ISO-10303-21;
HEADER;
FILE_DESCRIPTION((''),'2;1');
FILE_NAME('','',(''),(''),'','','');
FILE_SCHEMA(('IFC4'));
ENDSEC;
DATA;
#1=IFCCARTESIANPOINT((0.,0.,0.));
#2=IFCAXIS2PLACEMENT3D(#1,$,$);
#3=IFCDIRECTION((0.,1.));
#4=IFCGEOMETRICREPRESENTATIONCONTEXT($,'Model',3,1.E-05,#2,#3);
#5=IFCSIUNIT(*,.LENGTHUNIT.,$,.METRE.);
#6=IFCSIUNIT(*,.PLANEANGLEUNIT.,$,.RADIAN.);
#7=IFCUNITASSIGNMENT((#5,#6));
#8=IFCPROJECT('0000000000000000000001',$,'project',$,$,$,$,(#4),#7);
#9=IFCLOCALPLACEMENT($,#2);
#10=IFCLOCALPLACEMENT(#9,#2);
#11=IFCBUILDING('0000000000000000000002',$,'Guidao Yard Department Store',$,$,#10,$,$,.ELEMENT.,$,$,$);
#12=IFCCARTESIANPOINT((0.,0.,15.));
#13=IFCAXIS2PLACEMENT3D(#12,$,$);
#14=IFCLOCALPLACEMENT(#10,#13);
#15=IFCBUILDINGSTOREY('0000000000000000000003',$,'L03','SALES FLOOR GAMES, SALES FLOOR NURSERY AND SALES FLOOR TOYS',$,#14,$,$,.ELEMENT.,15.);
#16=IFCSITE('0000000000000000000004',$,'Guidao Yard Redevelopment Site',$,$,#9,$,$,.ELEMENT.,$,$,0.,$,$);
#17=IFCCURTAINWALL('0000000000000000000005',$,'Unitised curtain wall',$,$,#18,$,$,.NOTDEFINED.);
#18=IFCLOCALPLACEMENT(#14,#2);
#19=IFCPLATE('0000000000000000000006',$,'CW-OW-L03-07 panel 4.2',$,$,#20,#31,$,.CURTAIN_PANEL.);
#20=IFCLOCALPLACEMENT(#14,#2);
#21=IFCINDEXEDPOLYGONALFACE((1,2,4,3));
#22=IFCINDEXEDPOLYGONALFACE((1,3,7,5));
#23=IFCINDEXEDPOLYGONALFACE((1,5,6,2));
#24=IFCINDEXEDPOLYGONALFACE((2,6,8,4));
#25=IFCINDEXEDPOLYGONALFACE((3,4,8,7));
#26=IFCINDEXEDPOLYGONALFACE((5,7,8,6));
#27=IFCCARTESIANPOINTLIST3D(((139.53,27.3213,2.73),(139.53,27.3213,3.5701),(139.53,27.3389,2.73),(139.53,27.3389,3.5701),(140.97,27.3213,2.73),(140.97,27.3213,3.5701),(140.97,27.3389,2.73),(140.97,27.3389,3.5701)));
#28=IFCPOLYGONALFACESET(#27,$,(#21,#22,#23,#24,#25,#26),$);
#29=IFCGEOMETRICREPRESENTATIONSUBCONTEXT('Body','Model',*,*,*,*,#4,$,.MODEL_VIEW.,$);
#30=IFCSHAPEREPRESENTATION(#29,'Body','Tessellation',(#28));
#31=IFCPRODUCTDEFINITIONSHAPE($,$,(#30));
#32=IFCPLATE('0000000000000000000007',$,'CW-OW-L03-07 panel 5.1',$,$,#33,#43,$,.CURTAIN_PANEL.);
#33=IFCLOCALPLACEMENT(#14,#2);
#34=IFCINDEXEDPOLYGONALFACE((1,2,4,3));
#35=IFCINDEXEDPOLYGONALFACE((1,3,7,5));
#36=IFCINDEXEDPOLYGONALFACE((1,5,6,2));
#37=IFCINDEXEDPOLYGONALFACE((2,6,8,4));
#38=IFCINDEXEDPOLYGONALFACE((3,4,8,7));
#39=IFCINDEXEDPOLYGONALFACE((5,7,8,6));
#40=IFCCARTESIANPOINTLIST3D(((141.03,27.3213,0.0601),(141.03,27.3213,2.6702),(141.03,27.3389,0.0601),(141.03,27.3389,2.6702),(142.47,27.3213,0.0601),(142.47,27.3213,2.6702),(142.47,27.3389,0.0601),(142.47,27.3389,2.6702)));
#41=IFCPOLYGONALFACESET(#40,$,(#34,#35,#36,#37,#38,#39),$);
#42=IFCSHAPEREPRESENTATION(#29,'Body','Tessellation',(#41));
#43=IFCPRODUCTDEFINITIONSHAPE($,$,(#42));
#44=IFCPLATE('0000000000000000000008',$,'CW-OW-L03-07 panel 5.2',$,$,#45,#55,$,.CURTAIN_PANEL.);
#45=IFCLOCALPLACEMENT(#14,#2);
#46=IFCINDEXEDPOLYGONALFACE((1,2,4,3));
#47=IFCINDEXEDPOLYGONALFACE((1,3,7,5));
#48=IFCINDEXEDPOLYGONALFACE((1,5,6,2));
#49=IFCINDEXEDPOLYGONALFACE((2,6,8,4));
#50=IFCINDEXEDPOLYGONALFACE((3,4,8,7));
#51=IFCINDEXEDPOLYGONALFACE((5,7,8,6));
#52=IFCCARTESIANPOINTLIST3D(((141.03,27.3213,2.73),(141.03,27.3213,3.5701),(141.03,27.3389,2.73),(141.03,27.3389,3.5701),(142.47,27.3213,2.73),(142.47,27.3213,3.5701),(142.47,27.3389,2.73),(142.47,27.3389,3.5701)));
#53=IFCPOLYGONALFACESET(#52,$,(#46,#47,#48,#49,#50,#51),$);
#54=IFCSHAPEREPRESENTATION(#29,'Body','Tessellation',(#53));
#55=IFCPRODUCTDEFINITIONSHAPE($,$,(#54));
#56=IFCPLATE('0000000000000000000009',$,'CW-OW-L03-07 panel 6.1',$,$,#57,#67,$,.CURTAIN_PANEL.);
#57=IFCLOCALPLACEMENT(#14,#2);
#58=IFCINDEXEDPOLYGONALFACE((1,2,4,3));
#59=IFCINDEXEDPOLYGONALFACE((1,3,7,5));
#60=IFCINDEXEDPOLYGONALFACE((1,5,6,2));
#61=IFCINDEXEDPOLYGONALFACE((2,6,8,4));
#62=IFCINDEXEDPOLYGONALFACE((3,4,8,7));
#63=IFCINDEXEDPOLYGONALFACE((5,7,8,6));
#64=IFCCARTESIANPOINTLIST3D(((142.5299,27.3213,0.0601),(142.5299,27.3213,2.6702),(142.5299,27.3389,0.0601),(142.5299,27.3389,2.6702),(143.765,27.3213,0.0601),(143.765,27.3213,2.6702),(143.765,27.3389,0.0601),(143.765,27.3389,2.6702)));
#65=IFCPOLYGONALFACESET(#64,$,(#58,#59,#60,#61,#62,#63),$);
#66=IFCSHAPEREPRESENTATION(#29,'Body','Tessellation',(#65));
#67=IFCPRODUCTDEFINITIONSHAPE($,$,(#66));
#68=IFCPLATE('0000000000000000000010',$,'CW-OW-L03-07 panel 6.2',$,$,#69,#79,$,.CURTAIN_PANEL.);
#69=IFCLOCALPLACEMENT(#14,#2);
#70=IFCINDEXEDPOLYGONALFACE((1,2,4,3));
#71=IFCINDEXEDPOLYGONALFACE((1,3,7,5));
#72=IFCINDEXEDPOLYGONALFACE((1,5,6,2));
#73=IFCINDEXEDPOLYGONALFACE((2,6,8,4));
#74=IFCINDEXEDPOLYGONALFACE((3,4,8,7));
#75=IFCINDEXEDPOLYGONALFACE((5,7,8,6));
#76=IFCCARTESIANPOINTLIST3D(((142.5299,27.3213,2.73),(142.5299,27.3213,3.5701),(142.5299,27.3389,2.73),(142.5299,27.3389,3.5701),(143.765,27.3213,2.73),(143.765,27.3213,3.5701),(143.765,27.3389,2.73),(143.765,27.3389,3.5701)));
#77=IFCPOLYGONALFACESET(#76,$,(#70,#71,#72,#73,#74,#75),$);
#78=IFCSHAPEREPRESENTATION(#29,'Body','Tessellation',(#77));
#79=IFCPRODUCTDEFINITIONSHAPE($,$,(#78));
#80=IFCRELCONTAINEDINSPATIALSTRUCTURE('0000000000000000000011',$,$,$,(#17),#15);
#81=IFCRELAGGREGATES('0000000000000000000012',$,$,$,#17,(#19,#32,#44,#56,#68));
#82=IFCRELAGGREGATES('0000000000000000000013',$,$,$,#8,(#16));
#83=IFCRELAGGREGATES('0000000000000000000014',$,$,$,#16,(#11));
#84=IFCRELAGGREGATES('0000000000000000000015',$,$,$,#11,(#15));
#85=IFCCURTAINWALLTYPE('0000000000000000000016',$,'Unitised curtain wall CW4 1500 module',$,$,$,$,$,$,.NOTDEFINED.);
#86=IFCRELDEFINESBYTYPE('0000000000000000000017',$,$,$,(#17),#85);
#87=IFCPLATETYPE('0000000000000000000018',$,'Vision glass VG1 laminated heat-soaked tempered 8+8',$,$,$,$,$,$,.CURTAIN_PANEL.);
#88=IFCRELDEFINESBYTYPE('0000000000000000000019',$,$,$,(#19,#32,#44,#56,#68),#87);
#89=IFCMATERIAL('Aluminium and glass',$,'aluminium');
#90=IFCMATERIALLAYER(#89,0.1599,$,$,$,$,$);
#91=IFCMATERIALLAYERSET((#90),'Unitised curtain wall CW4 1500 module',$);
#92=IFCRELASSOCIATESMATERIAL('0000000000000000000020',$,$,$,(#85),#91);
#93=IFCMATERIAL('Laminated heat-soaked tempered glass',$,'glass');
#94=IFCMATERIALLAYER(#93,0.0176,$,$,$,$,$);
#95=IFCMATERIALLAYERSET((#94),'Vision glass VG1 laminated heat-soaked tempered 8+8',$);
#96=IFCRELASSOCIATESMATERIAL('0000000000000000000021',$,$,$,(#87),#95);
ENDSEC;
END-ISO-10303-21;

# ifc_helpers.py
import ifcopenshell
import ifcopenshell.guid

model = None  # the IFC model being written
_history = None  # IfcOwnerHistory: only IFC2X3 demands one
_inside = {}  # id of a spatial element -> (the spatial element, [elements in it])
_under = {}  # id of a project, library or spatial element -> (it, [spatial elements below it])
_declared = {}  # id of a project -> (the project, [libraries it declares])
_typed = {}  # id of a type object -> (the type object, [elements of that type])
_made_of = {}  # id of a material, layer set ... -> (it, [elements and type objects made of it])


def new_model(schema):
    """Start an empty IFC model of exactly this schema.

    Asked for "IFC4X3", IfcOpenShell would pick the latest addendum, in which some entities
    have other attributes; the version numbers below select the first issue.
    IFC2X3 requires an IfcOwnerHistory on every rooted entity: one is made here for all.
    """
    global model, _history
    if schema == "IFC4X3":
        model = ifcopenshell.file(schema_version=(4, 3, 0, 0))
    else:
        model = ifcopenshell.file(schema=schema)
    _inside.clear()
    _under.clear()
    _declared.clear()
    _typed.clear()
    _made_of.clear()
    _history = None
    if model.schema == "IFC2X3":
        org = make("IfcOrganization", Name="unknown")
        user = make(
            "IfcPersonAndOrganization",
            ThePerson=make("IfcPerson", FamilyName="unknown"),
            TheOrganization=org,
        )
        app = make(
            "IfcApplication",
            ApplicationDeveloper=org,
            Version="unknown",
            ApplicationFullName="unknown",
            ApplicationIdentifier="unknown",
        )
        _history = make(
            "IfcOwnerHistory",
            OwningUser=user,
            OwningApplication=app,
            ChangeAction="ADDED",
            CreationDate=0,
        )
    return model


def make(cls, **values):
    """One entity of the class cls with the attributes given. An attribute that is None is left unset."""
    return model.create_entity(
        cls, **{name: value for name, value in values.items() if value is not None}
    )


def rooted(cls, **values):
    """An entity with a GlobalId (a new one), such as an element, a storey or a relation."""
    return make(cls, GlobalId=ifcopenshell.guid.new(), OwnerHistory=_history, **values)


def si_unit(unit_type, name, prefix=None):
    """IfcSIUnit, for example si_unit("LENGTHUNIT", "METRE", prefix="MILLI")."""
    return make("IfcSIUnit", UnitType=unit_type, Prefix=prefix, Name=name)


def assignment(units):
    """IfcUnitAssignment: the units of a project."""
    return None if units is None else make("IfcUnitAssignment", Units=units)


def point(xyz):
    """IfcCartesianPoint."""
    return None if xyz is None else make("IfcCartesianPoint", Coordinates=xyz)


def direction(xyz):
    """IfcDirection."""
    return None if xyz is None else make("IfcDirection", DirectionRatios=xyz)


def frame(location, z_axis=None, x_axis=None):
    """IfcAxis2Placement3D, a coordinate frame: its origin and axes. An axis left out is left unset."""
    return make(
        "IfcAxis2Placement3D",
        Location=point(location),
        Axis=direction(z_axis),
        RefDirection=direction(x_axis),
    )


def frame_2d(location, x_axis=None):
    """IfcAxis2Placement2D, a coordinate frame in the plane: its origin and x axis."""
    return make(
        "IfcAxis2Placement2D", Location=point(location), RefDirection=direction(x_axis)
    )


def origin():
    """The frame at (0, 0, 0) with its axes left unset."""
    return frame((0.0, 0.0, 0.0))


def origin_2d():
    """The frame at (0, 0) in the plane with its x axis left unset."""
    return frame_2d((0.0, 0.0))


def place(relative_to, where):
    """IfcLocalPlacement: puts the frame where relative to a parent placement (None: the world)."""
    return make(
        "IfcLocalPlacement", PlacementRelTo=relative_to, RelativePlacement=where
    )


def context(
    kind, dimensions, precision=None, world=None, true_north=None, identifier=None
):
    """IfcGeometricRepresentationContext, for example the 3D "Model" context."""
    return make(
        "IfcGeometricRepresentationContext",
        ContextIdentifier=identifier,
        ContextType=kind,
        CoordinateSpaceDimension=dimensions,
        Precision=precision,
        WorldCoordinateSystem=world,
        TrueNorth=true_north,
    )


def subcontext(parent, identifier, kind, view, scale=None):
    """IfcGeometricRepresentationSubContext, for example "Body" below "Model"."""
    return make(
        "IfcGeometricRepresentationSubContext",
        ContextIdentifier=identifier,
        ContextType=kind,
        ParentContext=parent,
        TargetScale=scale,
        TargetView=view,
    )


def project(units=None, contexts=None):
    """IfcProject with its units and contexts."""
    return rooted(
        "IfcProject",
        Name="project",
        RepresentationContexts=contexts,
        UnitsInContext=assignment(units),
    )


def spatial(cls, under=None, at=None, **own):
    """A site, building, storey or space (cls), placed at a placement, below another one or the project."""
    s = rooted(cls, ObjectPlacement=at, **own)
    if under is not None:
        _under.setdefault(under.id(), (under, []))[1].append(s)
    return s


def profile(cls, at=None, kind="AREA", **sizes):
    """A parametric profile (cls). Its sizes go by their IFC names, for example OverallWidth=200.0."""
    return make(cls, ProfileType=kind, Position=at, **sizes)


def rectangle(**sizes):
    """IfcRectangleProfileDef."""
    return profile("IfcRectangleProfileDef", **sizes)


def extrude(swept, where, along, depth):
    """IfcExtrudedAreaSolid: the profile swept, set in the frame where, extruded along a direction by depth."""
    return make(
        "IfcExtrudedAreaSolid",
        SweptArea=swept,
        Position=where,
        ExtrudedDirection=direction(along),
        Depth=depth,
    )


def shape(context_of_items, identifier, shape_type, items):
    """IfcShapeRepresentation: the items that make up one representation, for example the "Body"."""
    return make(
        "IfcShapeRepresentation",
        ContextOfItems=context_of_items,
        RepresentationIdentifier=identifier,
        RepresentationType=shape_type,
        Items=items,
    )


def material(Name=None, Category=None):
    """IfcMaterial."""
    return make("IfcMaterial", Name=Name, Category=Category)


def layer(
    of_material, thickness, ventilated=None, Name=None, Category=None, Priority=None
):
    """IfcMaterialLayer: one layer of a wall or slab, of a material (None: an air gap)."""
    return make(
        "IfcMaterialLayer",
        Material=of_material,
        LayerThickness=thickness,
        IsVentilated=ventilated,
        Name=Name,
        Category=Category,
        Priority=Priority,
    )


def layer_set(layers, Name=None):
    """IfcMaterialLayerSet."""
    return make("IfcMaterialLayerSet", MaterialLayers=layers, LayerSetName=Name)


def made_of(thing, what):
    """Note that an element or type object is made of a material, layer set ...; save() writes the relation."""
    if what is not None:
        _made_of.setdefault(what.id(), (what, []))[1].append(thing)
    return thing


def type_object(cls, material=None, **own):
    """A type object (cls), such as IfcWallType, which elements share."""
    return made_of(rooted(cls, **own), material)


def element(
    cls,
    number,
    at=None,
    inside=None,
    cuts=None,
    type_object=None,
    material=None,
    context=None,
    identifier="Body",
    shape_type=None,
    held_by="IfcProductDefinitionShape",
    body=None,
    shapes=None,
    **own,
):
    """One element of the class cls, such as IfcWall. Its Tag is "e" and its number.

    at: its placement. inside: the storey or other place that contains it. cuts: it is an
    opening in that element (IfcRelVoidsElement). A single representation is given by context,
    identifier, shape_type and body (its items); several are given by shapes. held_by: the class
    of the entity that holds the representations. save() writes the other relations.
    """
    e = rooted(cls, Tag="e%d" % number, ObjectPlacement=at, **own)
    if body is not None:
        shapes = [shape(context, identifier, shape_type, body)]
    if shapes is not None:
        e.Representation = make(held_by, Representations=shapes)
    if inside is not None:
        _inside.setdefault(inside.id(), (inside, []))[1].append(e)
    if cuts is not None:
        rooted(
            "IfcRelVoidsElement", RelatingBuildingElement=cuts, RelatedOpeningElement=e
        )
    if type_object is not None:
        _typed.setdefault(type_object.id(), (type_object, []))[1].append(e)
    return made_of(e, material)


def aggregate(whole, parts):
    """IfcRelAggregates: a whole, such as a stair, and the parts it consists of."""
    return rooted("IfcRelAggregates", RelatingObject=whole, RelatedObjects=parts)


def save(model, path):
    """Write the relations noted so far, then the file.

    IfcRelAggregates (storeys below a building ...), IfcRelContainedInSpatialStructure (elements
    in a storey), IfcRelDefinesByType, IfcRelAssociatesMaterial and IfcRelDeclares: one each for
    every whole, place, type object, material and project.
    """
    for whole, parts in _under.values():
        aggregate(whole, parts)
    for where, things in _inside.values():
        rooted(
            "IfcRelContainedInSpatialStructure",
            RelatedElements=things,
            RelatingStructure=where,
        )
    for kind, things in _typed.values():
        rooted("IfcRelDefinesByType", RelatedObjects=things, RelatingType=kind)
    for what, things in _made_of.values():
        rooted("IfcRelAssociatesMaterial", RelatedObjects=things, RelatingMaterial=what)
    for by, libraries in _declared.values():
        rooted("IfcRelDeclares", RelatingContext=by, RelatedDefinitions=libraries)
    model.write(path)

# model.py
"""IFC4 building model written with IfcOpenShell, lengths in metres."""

from ifc_helpers import new_model, si_unit, direction, frame, origin, origin_2d, place, context, subcontext, project, spatial, rectangle, extrude, material, layer, layer_set, type_object, element, aggregate, save


model = new_model("IFC4")

# Units and contexts
model_context = context("Model", 3, precision=1e-05, world=origin(), true_north=direction((0.0, 1.0)))
body_context = subcontext(model_context, "Body", "Model", "MODEL_VIEW")
ifc_project = project(units=[si_unit("LENGTHUNIT", "METRE"), si_unit("PLANEANGLEUNIT", "RADIAN")], contexts=[model_context])

# Site, building, storey
site_placement = place(None, origin())
site = spatial("IfcSite", under=ifc_project, at=site_placement, Name="Guidao Yard Redevelopment Site", CompositionType="ELEMENT", RefElevation=0.0)
building_placement = place(site_placement, origin())
building = spatial("IfcBuilding", under=site, at=building_placement, Name="Guidao Yard Department Store", CompositionType="ELEMENT")
storey_placement = place(building_placement, frame((0.0, 0.0, 15.0)))
storey = spatial("IfcBuildingStorey", under=building, at=storey_placement, Name="L03", Description="SALES FLOOR GAMES, SALES FLOOR NURSERY AND SALES FLOOR TOYS", CompositionType="ELEMENT", Elevation=15.0)

# Curtain wall, plates
ifc_material_1 = material(Name="Aluminium and glass", Category="aluminium")
ifc_layer_1 = layer(ifc_material_1, 0.1599)
ifc_layer_set_1 = layer_set([ifc_layer_1], Name="Unitised curtain wall CW4 1500 module")
curtain_wall_type = type_object("IfcCurtainWallType", Name="Unitised curtain wall CW4 1500 module", PredefinedType="NOTDEFINED", material=ifc_layer_set_1)
curtain_wall_placement = place(storey_placement, origin())
curtain_wall = element("IfcCurtainWall", 1, at=curtain_wall_placement, inside=storey, type_object=curtain_wall_type, Name="Unitised curtain wall", PredefinedType="NOTDEFINED")
ifc_material_2 = material(Name="Laminated heat-soaked tempered glass", Category="glass")
ifc_layer_2 = layer(ifc_material_2, 0.0176)
ifc_layer_set_2 = layer_set([ifc_layer_2], Name="Vision glass VG1 laminated heat-soaked tempered 8+8")
plate_type_1 = type_object("IfcPlateType", Name="Vision glass VG1 laminated heat-soaked tempered 8+8", PredefinedType="CURTAIN_PANEL", material=ifc_layer_set_2)
plate_1_placement = place(storey_placement, frame((140.25, 27.3301, 2.73), z_axis=(0.0, 0.0, 1.0), x_axis=(1.0, 0.0, 0.0)))
plate_1 = element("IfcPlate", 2, at=plate_1_placement, type_object=plate_type_1, Name="CW-OW-L03-07 panel 4.2", PredefinedType="CURTAIN_PANEL", context=body_context, shape_type="SweptSolid", body=[
    extrude(rectangle(XDim=1.4399, YDim=0.0176, at=origin_2d()), origin(), (0.0, 0.0, 1.0), 0.8401),
])
plate_2_placement = place(storey_placement, frame((141.75, 27.3301, 0.0601), z_axis=(0.0, 0.0, 1.0), x_axis=(1.0, 0.0, 0.0)))
plate_2 = element("IfcPlate", 3, at=plate_2_placement, type_object=plate_type_1, Name="CW-OW-L03-07 panel 5.1", PredefinedType="CURTAIN_PANEL", context=body_context, shape_type="SweptSolid", body=[
    extrude(rectangle(XDim=1.4399, YDim=0.0176, at=origin_2d()), origin(), (0.0, 0.0, 1.0), 2.6101),
])
plate_3_placement = place(storey_placement, frame((141.75, 27.3301, 2.73), z_axis=(0.0, 0.0, 1.0), x_axis=(1.0, 0.0, 0.0)))
plate_3 = element("IfcPlate", 4, at=plate_3_placement, type_object=plate_type_1, Name="CW-OW-L03-07 panel 5.2", PredefinedType="CURTAIN_PANEL", context=body_context, shape_type="SweptSolid", body=[
    extrude(rectangle(XDim=1.4399, YDim=0.0176, at=origin_2d()), origin(), (0.0, 0.0, 1.0), 0.8401),
])
plate_4_placement = place(storey_placement, frame((143.1475, 27.3301, 0.0601), z_axis=(0.0, 0.0, 1.0), x_axis=(1.0, 0.0, 0.0)))
plate_4 = element("IfcPlate", 5, at=plate_4_placement, type_object=plate_type_1, Name="CW-OW-L03-07 panel 6.1", PredefinedType="CURTAIN_PANEL", context=body_context, shape_type="SweptSolid", body=[
    extrude(rectangle(XDim=1.2351, YDim=0.0176, at=origin_2d()), origin(), (0.0, 0.0, 1.0), 2.6101),
])
plate_5_placement = place(storey_placement, frame((143.1475, 27.3301, 2.73), z_axis=(0.0, 0.0, 1.0), x_axis=(1.0, 0.0, 0.0)))
plate_5 = element("IfcPlate", 6, at=plate_5_placement, type_object=plate_type_1, Name="CW-OW-L03-07 panel 6.2", PredefinedType="CURTAIN_PANEL", context=body_context, shape_type="SweptSolid", body=[
    extrude(rectangle(XDim=1.2351, YDim=0.0176, at=origin_2d()), origin(), (0.0, 0.0, 1.0), 0.8401),
])
aggregate(curtain_wall, [plate_1, plate_2, plate_3, plate_4, plate_5])

save(model, "model.ifc")
